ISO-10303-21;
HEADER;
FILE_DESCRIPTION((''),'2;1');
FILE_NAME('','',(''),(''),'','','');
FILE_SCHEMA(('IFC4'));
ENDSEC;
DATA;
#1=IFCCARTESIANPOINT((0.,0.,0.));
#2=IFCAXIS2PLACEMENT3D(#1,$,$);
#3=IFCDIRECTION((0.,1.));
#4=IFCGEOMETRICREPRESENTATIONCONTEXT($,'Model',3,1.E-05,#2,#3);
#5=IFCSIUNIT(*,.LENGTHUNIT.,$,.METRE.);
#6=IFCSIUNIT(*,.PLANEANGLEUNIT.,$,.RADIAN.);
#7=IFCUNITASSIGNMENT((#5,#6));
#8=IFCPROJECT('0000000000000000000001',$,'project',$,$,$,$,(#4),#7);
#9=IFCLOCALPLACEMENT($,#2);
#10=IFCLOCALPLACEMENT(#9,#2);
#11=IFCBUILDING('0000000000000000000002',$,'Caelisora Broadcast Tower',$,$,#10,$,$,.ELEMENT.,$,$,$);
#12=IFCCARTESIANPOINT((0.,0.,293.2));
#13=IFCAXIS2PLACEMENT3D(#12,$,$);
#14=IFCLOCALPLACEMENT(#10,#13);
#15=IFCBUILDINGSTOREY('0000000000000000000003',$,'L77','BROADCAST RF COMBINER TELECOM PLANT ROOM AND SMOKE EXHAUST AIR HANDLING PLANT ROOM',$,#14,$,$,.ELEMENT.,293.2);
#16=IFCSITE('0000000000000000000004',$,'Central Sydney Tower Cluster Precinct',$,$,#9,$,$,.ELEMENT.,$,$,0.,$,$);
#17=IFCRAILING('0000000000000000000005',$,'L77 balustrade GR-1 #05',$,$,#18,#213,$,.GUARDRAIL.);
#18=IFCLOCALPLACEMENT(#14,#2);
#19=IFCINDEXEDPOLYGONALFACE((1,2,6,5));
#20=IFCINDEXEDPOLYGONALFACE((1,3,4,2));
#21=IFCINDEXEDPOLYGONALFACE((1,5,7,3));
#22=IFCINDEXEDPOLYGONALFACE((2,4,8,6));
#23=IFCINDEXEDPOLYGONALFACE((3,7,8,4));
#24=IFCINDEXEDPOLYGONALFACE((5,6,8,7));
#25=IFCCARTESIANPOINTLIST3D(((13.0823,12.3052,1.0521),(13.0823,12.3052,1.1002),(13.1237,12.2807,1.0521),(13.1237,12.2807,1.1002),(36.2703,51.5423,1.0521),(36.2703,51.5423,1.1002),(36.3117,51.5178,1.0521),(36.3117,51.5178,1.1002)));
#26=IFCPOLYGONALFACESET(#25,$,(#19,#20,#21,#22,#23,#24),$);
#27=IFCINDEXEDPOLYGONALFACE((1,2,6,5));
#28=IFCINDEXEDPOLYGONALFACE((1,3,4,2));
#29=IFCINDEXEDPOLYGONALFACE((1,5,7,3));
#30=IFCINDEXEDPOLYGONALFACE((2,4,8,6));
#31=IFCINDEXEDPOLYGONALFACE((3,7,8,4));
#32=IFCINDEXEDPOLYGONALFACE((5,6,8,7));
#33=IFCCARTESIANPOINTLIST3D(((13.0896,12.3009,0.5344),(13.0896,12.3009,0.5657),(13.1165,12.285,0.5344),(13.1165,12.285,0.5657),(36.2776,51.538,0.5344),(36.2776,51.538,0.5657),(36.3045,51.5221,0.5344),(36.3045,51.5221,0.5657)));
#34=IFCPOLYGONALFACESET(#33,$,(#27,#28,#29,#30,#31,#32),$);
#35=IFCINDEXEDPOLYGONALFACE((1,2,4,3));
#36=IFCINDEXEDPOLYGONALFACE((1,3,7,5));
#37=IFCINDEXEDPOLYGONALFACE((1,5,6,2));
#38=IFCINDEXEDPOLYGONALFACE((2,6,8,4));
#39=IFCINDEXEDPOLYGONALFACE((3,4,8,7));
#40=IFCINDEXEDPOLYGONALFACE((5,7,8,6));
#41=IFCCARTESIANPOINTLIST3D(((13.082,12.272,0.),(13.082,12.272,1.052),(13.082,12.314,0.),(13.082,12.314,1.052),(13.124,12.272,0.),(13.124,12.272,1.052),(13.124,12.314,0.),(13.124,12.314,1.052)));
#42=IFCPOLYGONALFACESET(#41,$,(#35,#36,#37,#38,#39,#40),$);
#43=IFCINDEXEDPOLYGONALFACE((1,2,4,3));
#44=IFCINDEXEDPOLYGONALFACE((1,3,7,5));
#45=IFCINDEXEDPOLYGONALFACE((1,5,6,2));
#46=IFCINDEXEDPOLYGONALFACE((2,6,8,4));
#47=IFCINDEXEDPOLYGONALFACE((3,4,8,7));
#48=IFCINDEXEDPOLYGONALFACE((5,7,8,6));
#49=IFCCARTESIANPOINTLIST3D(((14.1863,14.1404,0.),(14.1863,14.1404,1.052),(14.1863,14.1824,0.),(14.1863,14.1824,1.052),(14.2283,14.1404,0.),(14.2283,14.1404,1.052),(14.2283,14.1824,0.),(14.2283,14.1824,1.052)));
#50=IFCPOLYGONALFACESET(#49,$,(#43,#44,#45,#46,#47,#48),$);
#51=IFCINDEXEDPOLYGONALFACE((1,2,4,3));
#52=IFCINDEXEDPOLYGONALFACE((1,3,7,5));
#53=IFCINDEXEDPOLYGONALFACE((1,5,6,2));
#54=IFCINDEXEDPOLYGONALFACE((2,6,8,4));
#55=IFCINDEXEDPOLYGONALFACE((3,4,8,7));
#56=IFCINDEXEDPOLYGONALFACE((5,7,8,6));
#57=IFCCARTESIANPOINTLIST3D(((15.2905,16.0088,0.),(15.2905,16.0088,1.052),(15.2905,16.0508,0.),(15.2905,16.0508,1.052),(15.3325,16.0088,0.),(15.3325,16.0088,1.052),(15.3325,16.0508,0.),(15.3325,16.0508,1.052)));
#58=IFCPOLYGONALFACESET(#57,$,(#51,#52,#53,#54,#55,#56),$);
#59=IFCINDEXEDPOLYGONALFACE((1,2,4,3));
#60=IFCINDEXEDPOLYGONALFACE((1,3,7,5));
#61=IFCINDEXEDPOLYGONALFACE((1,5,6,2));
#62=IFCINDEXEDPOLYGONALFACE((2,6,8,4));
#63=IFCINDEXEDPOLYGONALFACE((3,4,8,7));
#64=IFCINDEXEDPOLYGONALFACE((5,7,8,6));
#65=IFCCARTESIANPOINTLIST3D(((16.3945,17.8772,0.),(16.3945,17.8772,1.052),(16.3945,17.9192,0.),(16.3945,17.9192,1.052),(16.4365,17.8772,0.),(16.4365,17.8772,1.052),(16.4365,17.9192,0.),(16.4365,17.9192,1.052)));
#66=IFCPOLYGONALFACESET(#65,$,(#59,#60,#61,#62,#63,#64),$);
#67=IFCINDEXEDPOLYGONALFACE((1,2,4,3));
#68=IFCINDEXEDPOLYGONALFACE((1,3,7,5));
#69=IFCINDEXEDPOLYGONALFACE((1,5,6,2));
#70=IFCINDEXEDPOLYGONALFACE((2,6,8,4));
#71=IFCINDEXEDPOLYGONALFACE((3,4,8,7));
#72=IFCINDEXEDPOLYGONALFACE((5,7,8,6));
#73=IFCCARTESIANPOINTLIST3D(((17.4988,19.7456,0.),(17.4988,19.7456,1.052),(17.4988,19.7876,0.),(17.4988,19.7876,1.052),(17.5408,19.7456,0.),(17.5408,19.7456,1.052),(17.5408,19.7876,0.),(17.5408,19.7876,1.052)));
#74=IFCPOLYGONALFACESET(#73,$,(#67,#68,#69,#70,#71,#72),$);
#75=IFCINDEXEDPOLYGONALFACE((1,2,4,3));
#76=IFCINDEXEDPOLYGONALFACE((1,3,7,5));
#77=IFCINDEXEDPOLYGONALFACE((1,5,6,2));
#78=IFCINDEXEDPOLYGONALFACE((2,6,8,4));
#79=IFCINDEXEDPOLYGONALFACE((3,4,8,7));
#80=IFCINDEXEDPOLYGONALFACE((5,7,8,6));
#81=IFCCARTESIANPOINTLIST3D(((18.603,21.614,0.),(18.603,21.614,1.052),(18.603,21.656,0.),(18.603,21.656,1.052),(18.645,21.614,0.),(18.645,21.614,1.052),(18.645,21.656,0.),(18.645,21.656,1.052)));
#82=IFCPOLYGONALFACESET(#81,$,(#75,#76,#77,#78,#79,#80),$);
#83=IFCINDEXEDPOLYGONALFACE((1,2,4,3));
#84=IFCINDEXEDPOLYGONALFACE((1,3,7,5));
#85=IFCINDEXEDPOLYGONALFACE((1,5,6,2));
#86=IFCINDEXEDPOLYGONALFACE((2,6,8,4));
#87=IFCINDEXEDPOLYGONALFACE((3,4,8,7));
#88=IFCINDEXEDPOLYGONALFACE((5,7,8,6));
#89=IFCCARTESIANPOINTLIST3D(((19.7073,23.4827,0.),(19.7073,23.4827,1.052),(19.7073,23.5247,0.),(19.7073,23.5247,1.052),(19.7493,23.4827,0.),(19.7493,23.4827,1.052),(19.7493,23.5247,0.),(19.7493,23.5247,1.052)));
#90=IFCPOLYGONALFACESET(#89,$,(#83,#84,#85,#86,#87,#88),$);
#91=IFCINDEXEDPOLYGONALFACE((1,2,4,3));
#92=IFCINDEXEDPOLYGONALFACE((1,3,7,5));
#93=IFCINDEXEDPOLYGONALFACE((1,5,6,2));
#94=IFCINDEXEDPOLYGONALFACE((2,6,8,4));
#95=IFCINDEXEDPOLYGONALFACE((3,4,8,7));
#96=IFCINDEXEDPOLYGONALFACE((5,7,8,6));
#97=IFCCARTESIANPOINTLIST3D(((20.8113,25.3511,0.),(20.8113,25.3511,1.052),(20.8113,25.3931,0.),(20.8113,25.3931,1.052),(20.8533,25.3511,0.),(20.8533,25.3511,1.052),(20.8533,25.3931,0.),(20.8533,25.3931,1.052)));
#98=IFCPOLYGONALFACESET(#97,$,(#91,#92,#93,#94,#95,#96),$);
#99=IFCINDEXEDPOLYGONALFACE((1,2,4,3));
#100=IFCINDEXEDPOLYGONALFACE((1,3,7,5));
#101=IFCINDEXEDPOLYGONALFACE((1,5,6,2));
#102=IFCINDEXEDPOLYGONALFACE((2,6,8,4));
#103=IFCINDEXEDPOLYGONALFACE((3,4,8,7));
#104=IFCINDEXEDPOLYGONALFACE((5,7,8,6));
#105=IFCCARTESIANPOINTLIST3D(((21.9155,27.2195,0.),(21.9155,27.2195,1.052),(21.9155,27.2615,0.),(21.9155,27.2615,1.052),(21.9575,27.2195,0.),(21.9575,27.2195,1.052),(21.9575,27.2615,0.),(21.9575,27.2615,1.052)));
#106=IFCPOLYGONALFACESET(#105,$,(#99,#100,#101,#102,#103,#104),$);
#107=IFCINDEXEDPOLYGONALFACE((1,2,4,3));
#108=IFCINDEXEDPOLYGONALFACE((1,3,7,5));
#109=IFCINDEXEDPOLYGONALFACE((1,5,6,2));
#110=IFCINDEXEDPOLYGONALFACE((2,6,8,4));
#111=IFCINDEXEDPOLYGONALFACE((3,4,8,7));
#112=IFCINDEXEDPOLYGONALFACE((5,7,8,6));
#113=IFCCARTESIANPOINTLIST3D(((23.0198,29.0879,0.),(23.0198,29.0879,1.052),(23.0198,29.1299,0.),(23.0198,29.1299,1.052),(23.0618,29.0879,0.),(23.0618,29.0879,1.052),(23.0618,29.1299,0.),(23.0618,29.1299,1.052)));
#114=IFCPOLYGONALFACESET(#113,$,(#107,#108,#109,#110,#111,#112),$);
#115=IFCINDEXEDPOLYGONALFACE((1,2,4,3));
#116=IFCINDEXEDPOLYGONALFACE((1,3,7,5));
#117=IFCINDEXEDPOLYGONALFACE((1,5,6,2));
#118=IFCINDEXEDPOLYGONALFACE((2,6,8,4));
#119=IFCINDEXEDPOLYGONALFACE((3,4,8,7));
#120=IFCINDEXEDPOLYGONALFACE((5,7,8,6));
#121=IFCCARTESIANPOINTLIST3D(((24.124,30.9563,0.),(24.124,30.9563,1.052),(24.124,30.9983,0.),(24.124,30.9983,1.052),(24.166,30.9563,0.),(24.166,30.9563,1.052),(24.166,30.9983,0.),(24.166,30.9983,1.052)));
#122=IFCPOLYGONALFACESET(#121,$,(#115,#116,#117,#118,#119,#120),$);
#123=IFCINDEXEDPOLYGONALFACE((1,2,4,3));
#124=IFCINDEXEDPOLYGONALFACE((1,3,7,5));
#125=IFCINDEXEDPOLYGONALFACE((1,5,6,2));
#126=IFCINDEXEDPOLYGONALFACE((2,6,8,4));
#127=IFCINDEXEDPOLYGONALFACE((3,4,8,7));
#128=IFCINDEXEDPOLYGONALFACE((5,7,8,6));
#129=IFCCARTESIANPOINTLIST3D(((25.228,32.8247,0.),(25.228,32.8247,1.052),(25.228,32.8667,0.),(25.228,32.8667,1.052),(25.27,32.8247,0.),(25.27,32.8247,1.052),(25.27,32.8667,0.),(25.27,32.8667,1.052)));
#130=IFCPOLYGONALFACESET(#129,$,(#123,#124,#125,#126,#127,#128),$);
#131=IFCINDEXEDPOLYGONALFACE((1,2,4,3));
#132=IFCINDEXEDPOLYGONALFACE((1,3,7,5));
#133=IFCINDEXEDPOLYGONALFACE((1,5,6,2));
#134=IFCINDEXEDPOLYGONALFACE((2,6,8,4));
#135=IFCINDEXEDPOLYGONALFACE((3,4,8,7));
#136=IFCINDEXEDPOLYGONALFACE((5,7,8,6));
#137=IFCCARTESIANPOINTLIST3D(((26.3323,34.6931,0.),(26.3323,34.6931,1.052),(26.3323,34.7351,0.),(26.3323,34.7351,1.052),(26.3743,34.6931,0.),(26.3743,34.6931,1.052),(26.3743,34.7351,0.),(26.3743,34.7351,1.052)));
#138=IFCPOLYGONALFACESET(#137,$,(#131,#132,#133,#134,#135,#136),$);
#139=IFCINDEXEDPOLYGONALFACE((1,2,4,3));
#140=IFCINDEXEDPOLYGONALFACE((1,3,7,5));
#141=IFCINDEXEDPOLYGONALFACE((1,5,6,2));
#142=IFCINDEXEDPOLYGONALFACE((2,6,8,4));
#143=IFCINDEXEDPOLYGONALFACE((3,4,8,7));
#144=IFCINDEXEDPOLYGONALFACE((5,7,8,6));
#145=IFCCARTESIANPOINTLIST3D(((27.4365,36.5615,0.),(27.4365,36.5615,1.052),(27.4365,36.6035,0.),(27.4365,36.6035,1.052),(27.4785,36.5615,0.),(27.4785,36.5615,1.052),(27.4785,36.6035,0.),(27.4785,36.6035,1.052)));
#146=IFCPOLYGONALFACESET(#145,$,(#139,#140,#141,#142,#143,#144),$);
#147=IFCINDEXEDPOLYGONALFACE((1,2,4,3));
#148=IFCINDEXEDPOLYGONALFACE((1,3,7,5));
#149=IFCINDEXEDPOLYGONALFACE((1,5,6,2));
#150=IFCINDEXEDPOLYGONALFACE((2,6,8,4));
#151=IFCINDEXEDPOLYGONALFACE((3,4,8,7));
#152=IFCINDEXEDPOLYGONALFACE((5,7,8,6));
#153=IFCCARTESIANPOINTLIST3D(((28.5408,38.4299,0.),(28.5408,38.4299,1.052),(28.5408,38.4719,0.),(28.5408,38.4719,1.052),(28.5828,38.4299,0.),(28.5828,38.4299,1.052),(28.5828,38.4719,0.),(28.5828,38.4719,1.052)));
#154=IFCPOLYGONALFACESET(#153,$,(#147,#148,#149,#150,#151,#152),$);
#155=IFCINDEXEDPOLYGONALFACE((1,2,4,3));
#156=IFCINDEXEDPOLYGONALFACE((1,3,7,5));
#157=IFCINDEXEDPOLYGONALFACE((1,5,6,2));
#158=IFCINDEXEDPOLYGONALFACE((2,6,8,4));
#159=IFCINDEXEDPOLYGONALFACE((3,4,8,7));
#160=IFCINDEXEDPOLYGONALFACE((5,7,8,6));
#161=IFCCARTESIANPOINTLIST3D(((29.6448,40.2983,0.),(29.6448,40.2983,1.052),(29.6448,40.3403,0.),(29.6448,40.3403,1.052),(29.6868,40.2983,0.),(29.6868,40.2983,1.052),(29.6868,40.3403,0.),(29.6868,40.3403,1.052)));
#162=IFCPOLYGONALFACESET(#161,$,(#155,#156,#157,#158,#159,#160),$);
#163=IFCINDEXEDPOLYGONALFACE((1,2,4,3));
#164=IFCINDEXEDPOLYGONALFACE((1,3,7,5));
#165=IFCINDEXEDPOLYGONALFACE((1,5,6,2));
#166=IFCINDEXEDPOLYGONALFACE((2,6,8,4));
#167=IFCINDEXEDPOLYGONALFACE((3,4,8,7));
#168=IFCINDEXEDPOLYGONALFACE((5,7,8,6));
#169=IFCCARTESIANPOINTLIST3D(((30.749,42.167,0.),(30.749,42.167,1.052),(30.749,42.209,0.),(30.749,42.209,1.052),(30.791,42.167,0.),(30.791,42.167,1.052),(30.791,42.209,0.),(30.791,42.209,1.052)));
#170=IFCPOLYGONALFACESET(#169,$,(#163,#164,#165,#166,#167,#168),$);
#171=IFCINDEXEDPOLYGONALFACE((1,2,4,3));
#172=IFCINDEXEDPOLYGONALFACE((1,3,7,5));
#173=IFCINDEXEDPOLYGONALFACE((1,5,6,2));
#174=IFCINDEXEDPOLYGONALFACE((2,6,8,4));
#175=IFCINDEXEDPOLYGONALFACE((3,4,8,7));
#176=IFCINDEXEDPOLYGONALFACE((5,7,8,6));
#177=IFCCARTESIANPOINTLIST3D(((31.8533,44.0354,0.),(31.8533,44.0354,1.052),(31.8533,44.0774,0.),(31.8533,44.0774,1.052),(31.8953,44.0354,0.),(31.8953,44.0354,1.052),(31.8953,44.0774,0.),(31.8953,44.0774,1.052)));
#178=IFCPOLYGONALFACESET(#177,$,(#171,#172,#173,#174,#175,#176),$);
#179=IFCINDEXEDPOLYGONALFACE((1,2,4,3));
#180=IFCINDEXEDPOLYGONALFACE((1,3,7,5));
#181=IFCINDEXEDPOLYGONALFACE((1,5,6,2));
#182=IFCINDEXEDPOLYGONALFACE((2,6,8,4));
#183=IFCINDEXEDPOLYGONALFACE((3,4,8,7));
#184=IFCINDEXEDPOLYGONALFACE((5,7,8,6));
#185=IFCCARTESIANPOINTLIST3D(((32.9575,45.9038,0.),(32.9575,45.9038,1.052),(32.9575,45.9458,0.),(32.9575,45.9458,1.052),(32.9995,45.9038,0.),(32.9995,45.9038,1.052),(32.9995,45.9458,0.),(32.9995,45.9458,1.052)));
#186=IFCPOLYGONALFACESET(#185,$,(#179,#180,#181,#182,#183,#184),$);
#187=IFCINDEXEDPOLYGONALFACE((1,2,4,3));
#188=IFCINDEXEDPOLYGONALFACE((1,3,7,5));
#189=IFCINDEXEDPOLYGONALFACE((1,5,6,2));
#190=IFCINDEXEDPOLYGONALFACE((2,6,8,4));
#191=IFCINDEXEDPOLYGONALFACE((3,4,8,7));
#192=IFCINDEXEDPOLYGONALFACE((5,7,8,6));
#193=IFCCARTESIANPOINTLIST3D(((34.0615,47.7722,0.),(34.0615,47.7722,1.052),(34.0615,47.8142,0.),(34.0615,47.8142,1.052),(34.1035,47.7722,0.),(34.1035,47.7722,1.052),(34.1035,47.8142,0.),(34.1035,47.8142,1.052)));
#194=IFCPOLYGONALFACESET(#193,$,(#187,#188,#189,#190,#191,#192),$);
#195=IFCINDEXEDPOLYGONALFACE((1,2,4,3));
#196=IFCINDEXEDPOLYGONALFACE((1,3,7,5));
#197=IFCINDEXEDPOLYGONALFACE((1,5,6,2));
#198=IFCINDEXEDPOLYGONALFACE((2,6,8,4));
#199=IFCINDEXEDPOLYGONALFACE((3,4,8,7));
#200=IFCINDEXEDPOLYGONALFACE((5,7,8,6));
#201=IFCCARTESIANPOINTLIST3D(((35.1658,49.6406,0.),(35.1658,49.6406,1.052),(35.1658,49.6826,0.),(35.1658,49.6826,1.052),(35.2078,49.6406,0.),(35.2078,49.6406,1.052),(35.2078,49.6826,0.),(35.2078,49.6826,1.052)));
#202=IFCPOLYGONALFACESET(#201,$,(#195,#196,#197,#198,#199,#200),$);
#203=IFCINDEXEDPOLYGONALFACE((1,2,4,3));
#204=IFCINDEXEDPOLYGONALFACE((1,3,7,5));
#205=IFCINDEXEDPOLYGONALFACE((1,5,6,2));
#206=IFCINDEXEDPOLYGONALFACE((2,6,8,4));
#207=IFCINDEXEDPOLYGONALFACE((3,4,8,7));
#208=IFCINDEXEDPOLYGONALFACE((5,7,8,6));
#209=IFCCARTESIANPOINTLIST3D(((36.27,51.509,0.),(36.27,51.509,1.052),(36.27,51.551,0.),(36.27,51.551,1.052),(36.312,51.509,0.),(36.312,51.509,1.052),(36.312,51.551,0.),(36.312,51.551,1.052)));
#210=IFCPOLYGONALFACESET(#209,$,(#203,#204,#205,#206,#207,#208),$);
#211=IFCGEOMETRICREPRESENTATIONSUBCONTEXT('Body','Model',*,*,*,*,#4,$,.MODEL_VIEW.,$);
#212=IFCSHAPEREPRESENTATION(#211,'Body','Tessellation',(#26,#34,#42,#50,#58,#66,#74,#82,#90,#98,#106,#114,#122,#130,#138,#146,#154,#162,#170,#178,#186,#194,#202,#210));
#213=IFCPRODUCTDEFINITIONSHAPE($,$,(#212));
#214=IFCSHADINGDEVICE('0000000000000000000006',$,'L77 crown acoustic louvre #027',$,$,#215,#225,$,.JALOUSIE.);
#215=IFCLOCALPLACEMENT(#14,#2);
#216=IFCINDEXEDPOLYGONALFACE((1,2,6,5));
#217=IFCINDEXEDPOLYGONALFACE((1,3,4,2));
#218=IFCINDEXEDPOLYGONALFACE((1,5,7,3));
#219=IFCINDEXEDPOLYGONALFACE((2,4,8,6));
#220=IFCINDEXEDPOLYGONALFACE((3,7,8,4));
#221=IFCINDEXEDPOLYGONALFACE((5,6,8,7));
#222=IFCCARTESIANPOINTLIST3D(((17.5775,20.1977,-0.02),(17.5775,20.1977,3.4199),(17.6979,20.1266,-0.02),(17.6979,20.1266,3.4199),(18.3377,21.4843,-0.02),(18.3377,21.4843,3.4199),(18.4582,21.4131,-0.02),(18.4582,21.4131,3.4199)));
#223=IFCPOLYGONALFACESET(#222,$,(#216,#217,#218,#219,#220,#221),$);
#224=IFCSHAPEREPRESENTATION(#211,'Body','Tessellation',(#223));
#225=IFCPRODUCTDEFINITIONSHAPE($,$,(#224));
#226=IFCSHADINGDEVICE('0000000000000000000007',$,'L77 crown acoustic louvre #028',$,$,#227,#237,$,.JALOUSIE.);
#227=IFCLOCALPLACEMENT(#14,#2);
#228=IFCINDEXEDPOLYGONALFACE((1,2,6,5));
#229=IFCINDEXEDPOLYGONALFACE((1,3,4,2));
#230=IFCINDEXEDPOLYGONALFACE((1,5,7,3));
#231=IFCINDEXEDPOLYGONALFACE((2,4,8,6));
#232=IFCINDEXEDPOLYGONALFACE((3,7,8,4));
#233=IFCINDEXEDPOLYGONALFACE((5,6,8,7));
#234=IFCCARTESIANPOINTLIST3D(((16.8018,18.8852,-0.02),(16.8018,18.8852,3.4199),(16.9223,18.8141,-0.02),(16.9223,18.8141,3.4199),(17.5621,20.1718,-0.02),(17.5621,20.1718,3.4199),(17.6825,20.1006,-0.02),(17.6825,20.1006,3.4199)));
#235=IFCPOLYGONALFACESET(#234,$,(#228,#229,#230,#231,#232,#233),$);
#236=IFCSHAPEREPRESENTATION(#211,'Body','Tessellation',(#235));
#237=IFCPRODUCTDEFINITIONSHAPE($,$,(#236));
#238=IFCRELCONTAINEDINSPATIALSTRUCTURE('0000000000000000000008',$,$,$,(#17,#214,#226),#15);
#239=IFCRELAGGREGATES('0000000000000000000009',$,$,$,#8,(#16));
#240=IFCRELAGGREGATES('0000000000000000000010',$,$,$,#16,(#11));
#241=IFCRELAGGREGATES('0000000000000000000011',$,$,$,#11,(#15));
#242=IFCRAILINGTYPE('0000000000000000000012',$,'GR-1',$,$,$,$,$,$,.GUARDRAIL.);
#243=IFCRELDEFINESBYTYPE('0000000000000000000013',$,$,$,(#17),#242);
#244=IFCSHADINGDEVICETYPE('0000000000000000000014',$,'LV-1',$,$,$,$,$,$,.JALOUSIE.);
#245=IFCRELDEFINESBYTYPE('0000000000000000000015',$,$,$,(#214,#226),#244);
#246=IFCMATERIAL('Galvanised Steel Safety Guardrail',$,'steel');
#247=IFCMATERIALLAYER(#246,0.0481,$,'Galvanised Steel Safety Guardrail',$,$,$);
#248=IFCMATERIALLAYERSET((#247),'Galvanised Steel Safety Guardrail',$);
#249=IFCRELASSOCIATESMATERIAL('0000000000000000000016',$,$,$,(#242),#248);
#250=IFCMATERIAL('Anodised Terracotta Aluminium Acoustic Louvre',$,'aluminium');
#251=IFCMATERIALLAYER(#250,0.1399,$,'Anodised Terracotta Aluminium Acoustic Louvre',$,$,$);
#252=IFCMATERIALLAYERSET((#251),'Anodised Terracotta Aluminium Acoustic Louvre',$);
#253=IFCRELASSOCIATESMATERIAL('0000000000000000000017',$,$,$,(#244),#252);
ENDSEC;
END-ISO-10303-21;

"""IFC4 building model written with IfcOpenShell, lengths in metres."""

from ifc_helpers import new_model, si_unit, direction, frame, origin, origin_2d, place, context, subcontext, project, spatial, rectangle, extrude, source, transform, mapped, material, layer, layer_set, type_object, element, save


model = new_model("IFC4")

# Units and contexts
model_context = context("Model", 3, precision=1e-05, world=origin(), true_north=direction((0.0, 1.0)))
body_context = subcontext(model_context, "Body", "Model", "MODEL_VIEW")
ifc_project = project(units=[si_unit("LENGTHUNIT", "METRE"), si_unit("PLANEANGLEUNIT", "RADIAN")], contexts=[model_context])

# Site, building, storey
site_placement = place(None, origin())
site = spatial("IfcSite", under=ifc_project, at=site_placement, Name="Central Sydney Tower Cluster Precinct", CompositionType="ELEMENT", RefElevation=0.0)
building_placement = place(site_placement, origin())
building = spatial("IfcBuilding", under=site, at=building_placement, Name="Caelisora Broadcast Tower", CompositionType="ELEMENT")
storey_placement = place(building_placement, frame((0.0, 0.0, 293.2)))
storey = spatial("IfcBuildingStorey", under=building, at=storey_placement, Name="L77", Description="BROADCAST RF COMBINER TELECOM PLANT ROOM AND SMOKE EXHAUST AIR HANDLING PLANT ROOM", CompositionType="ELEMENT", Elevation=293.2)

# Railing
ifc_material_1 = material(Name="Galvanised Steel Safety Guardrail", Category="steel")
ifc_layer_1 = layer(ifc_material_1, 0.0481, Name="Galvanised Steel Safety Guardrail")
ifc_layer_set_1 = layer_set([ifc_layer_1], Name="Galvanised Steel Safety Guardrail")
railing_type = type_object("IfcRailingType", Name="GR-1", PredefinedType="GUARDRAIL", material=ifc_layer_set_1)
railing_1_placement = place(storey_placement, frame((13.103, 12.293, 0.0)))
element("IfcRailing", 1, at=railing_1_placement, inside=storey, type_object=railing_type, Name="L77 balustrade GR-1 #05", PredefinedType="GUARDRAIL", context=body_context, shape_type="SweptSolid", body=[
    extrude(rectangle(XDim=0.0481, YDim=0.0481, at=origin_2d()), frame((0.0, 0.0, 1.0762), z_axis=(0.508769, 0.860903, 0.0), x_axis=(-0.860903, 0.508769, 0.0)), (0.0, 0.0, 1.0), 45.5767),
    extrude(rectangle(XDim=0.0312, YDim=0.0312, at=origin_2d()), frame((0.0, 0.0, 0.55), z_axis=(0.508769, 0.860903, 0.0), x_axis=(-0.860903, 0.508769, 0.0)), (0.0, 0.0, 1.0), 45.5767),
    extrude(rectangle(XDim=0.042, YDim=0.042, at=origin_2d()), origin(), (0.0, 0.0, 1.0), 1.052),
    extrude(rectangle(XDim=0.042, YDim=0.042, at=origin_2d()), frame((1.1042, 1.8684, 0.0)), (0.0, 0.0, 1.0), 1.052),
    extrude(rectangle(XDim=0.042, YDim=0.042, at=origin_2d()), frame((2.2085, 3.7368, 0.0)), (0.0, 0.0, 1.0), 1.052),
    extrude(rectangle(XDim=0.042, YDim=0.042, at=origin_2d()), frame((3.3125, 5.6052, 0.0)), (0.0, 0.0, 1.0), 1.052),
    extrude(rectangle(XDim=0.042, YDim=0.042, at=origin_2d()), frame((4.4167, 7.4736, 0.0)), (0.0, 0.0, 1.0), 1.052),
    extrude(rectangle(XDim=0.042, YDim=0.042, at=origin_2d()), frame((5.521, 9.342, 0.0)), (0.0, 0.0, 1.0), 1.052),
    extrude(rectangle(XDim=0.042, YDim=0.042, at=origin_2d()), frame((6.6252, 11.2107, 0.0)), (0.0, 0.0, 1.0), 1.052),
    extrude(rectangle(XDim=0.042, YDim=0.042, at=origin_2d()), frame((7.7292, 13.0791, 0.0)), (0.0, 0.0, 1.0), 1.052),
    extrude(rectangle(XDim=0.042, YDim=0.042, at=origin_2d()), frame((8.8335, 14.9475, 0.0)), (0.0, 0.0, 1.0), 1.052),
    extrude(rectangle(XDim=0.042, YDim=0.042, at=origin_2d()), frame((9.9377, 16.8159, 0.0)), (0.0, 0.0, 1.0), 1.052),
    extrude(rectangle(XDim=0.042, YDim=0.042, at=origin_2d()), frame((11.042, 18.6843, 0.0)), (0.0, 0.0, 1.0), 1.052),
    extrude(rectangle(XDim=0.042, YDim=0.042, at=origin_2d()), frame((12.146, 20.5527, 0.0)), (0.0, 0.0, 1.0), 1.052),
    extrude(rectangle(XDim=0.042, YDim=0.042, at=origin_2d()), frame((13.2502, 22.4211, 0.0)), (0.0, 0.0, 1.0), 1.052),
    extrude(rectangle(XDim=0.042, YDim=0.042, at=origin_2d()), frame((14.3545, 24.2896, 0.0)), (0.0, 0.0, 1.0), 1.052),
    extrude(rectangle(XDim=0.042, YDim=0.042, at=origin_2d()), frame((15.4587, 26.158, 0.0)), (0.0, 0.0, 1.0), 1.052),
    extrude(rectangle(XDim=0.042, YDim=0.042, at=origin_2d()), frame((16.5627, 28.0264, 0.0)), (0.0, 0.0, 1.0), 1.052),
    extrude(rectangle(XDim=0.042, YDim=0.042, at=origin_2d()), frame((17.667, 29.895, 0.0)), (0.0, 0.0, 1.0), 1.052),
    extrude(rectangle(XDim=0.042, YDim=0.042, at=origin_2d()), frame((18.7712, 31.7634, 0.0)), (0.0, 0.0, 1.0), 1.052),
    extrude(rectangle(XDim=0.042, YDim=0.042, at=origin_2d()), frame((19.8755, 33.6318, 0.0)), (0.0, 0.0, 1.0), 1.052),
    extrude(rectangle(XDim=0.042, YDim=0.042, at=origin_2d()), frame((20.9795, 35.5002, 0.0)), (0.0, 0.0, 1.0), 1.052),
    extrude(rectangle(XDim=0.042, YDim=0.042, at=origin_2d()), frame((22.0837, 37.3687, 0.0)), (0.0, 0.0, 1.0), 1.052),
    extrude(rectangle(XDim=0.042, YDim=0.042, at=origin_2d()), frame((23.188, 39.2371, 0.0)), (0.0, 0.0, 1.0), 1.052),
])

# Shading devices
ifc_material_2 = material(Name="Anodised Terracotta Aluminium Acoustic Louvre", Category="aluminium")
ifc_layer_2 = layer(ifc_material_2, 0.1399, Name="Anodised Terracotta Aluminium Acoustic Louvre")
ifc_layer_set_2 = layer_set([ifc_layer_2], Name="Anodised Terracotta Aluminium Acoustic Louvre")
shading_device_type = type_object("IfcShadingDeviceType", Name="LV-1", PredefinedType="JALOUSIE", material=ifc_layer_set_2)
shared_shape_1 = source(origin(), body_context, "Body", "SweptSolid", [
    extrude(rectangle(XDim=1.4944, YDim=0.1399, at=origin_2d()), origin(), (0.0, 0.0, 1.0), 3.4399),
])
for number, where, z_axis, x_axis, name in (
    (2, (18.0178, 20.8054, -0.02), (0.0, 0.0, 1.0), (-0.508741, -0.86092, 0.0), "L77 crown acoustic louvre #027"),
    (3, (17.2422, 19.4929, -0.02), (0.0, 0.0, 1.0), (-0.508741, -0.86092, 0.0), "L77 crown acoustic louvre #028"),
):
    element("IfcShadingDevice", number, at=place(storey_placement, frame(where, z_axis=z_axis, x_axis=x_axis)), inside=storey, type_object=shading_device_type, Name=name, PredefinedType="JALOUSIE", context=body_context, shape_type="MappedRepresentation", body=[
        mapped(shared_shape_1, transform((0.0, 0.0, 0.0), scale=1.0)),
    ])

save(model, "model.ifc")
